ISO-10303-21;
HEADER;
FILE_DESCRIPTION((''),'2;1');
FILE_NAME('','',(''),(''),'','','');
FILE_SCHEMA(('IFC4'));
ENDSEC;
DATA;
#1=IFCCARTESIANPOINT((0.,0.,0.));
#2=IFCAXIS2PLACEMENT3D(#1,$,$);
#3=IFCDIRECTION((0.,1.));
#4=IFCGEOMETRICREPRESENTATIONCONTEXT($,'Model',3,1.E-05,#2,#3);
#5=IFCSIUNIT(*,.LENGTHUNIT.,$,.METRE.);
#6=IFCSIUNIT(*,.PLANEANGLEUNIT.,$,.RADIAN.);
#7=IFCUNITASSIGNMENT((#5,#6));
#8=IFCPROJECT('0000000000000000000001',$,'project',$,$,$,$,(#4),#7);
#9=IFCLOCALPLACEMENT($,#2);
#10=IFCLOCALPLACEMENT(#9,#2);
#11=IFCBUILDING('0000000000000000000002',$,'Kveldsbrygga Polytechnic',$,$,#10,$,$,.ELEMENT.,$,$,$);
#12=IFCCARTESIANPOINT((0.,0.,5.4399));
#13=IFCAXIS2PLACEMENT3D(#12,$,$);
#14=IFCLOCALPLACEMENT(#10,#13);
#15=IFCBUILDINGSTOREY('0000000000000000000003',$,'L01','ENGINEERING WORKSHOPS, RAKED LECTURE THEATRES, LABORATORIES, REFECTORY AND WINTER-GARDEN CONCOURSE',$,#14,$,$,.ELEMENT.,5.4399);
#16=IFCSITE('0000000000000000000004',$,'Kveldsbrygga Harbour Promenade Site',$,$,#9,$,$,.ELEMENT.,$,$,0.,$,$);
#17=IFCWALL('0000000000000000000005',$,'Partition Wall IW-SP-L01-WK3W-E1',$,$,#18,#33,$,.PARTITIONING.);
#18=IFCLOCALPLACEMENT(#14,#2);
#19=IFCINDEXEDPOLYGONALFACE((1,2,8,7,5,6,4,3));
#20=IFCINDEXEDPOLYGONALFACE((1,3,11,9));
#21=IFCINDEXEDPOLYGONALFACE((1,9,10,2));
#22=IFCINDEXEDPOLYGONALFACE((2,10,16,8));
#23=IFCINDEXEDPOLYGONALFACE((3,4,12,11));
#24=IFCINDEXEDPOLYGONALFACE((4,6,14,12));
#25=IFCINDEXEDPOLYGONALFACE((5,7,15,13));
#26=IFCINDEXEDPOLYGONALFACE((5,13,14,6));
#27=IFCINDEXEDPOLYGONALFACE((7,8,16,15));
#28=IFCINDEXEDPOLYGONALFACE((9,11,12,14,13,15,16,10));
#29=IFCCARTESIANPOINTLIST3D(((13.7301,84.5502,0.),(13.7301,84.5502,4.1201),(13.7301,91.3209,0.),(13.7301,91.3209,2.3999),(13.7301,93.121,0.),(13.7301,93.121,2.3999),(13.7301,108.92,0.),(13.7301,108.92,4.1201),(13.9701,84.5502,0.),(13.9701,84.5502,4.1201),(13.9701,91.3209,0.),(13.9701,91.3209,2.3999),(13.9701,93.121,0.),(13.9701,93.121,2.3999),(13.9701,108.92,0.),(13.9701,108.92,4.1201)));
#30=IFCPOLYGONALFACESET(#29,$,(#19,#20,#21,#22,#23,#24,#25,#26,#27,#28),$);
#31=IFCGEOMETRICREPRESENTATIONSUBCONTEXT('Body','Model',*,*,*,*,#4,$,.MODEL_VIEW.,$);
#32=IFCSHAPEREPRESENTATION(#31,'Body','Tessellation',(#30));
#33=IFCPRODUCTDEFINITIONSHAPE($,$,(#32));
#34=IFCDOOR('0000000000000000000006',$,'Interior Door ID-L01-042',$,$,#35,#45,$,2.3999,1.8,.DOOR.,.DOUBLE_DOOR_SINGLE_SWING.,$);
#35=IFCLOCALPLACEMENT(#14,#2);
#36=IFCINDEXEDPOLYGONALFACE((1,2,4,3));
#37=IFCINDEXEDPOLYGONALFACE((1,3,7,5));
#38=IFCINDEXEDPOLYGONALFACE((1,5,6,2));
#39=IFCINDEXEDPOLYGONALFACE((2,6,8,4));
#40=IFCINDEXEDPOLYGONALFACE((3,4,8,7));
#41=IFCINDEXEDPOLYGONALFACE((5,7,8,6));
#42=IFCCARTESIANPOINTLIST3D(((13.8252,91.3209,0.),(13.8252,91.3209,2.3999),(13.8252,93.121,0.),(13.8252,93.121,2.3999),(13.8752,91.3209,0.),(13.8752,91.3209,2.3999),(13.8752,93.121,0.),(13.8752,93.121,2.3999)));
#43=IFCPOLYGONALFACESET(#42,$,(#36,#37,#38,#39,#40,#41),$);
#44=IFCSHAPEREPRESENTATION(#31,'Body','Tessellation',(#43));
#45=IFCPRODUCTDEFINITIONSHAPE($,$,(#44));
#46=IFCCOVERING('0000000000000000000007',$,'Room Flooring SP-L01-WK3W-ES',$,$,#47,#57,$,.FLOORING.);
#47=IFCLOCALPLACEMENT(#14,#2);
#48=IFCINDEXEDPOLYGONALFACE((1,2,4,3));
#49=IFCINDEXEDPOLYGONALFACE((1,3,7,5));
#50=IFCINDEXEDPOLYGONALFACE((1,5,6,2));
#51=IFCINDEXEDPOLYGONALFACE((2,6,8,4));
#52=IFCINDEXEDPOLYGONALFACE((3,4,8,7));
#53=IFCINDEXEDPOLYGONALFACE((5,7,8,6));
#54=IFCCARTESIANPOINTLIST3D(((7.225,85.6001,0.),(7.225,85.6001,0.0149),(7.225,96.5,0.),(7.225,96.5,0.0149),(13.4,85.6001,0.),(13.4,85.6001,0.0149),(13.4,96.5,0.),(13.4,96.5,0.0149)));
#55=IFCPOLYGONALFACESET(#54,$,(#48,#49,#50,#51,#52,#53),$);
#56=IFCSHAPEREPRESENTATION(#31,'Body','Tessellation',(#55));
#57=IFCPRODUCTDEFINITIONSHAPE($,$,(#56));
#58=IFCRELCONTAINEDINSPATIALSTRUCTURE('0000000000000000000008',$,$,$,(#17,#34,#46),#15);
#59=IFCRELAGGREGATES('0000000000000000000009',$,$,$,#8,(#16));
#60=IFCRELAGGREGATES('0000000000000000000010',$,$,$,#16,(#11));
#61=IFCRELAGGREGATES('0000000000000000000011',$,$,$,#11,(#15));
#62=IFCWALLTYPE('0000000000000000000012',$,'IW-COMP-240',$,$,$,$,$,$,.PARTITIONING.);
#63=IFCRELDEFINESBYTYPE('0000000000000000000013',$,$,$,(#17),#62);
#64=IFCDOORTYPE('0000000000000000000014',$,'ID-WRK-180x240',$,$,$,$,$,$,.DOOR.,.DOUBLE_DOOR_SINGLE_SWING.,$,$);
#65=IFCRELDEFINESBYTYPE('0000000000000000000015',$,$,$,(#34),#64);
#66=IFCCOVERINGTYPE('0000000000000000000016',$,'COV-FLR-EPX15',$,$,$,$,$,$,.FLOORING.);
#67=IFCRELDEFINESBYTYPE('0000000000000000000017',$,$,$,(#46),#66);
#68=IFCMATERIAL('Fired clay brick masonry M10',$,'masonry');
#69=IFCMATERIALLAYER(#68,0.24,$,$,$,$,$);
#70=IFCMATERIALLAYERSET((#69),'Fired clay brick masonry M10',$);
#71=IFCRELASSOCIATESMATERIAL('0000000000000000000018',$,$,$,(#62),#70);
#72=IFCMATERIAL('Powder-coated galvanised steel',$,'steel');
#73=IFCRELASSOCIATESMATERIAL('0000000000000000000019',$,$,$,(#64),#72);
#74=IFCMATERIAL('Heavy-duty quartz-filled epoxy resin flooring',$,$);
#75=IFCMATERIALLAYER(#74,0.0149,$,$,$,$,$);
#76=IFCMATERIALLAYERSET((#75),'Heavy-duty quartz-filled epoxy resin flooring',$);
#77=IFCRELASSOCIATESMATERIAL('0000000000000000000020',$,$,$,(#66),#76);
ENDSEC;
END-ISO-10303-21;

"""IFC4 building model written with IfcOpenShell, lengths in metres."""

from ifc_helpers import new_model, si_unit, direction, frame, frame_2d, origin, origin_2d, place, context, subcontext, project, spatial, rectangle, extrude, material, layer, layer_set, type_object, element, fill, save


model = new_model("IFC4")

# Units and contexts
model_context = context("Model", 3, precision=1e-05, world=origin(), true_north=direction((0.0, 1.0)))
body_context = subcontext(model_context, "Body", "Model", "MODEL_VIEW")
ifc_project = project(units=[si_unit("LENGTHUNIT", "METRE"), si_unit("PLANEANGLEUNIT", "RADIAN")], contexts=[model_context])

# Site, building, storey
site_placement = place(None, origin())
site = spatial("IfcSite", under=ifc_project, at=site_placement, Name="Kveldsbrygga Harbour Promenade Site", CompositionType="ELEMENT", RefElevation=0.0)
building_placement = place(site_placement, origin())
building = spatial("IfcBuilding", under=site, at=building_placement, Name="Kveldsbrygga Polytechnic", CompositionType="ELEMENT")
storey_placement = place(building_placement, frame((0.0, 0.0, 5.4399)))
storey = spatial("IfcBuildingStorey", under=building, at=storey_placement, Name="L01", Description="ENGINEERING WORKSHOPS, RAKED LECTURE THEATRES, LABORATORIES, REFECTORY AND WINTER-GARDEN CONCOURSE", CompositionType="ELEMENT", Elevation=5.4399)

# Wall, opening, door
ifc_material_1 = material(Name="Fired clay brick masonry M10", Category="masonry")
ifc_layer_1 = layer(ifc_material_1, 0.24)
ifc_layer_set_1 = layer_set([ifc_layer_1], Name="Fired clay brick masonry M10")
wall_type = type_object("IfcWallType", Name="IW-COMP-240", PredefinedType="PARTITIONING", material=ifc_layer_set_1)
wall_placement = place(storey_placement, frame((13.8501, 84.55, 0.0), z_axis=(0.0, 0.0, 1.0), x_axis=(0.0, 1.0, 0.0)))
wall = element("IfcWall", 1, at=wall_placement, inside=storey, type_object=wall_type, Name="Partition Wall IW-SP-L01-WK3W-E1", PredefinedType="PARTITIONING", context=body_context, shape_type="SweptSolid", body=[
    extrude(rectangle(XDim=24.3699, YDim=0.24, at=frame_2d((12.1851, 0.0))), origin(), (0.0, 0.0, 1.0), 4.1201),
])
opening_placement = place(wall_placement, frame((6.771, 0.0, 0.0)))
opening = element("IfcOpeningElement", 2, at=opening_placement, cuts=wall, PredefinedType="OPENING", context=body_context, shape_type="SweptSolid", body=[
    extrude(rectangle(XDim=1.8, YDim=2.3999, at=frame_2d((0.8999, 1.2))), frame((0.0, 0.1299, 0.0), z_axis=(0.0, -1.0, 0.0), x_axis=(1.0, 0.0, 0.0)), (0.0, 0.0, 1.0), 0.26),
])
ifc_material_2 = material(Name="Powder-coated galvanised steel", Category="steel")
door_type = type_object("IfcDoorType", Name="ID-WRK-180x240", OperationType="DOUBLE_DOOR_SINGLE_SWING", PredefinedType="DOOR", material=ifc_material_2)
door_placement = place(opening_placement, origin())
door = element("IfcDoor", 3, at=door_placement, inside=storey, type_object=door_type, Name="Interior Door ID-L01-042", OperationType="DOUBLE_DOOR_SINGLE_SWING", OverallHeight=2.3999, OverallWidth=1.8, PredefinedType="DOOR", context=body_context, shape_type="SweptSolid", body=[
    extrude(rectangle(XDim=1.8, YDim=2.3999, at=frame_2d((0.8999, 1.2))), frame((0.0, 0.0249, 0.0), z_axis=(0.0, -1.0, 0.0), x_axis=(1.0, 0.0, 0.0)), (0.0, 0.0, 1.0), 0.05),
])
fill(opening, door)

# Covering
ifc_material_3 = material(Name="Heavy-duty quartz-filled epoxy resin flooring")
ifc_layer_2 = layer(ifc_material_3, 0.0149)
ifc_layer_set_2 = layer_set([ifc_layer_2], Name="Heavy-duty quartz-filled epoxy resin flooring")
covering_type = type_object("IfcCoveringType", Name="COV-FLR-EPX15", PredefinedType="FLOORING", material=ifc_layer_set_2)
covering_placement = place(storey_placement, frame((10.3125, 91.05, 0.0), z_axis=(0.0, 0.0, 1.0), x_axis=(1.0, 0.0, 0.0)))
element("IfcCovering", 4, at=covering_placement, inside=storey, type_object=covering_type, Name="Room Flooring SP-L01-WK3W-ES", PredefinedType="FLOORING", context=body_context, shape_type="SweptSolid", body=[
    extrude(rectangle(XDim=6.175, YDim=10.8999, at=origin_2d()), origin(), (0.0, 0.0, 1.0), 0.0149),
])

save(model, "model.ifc")
